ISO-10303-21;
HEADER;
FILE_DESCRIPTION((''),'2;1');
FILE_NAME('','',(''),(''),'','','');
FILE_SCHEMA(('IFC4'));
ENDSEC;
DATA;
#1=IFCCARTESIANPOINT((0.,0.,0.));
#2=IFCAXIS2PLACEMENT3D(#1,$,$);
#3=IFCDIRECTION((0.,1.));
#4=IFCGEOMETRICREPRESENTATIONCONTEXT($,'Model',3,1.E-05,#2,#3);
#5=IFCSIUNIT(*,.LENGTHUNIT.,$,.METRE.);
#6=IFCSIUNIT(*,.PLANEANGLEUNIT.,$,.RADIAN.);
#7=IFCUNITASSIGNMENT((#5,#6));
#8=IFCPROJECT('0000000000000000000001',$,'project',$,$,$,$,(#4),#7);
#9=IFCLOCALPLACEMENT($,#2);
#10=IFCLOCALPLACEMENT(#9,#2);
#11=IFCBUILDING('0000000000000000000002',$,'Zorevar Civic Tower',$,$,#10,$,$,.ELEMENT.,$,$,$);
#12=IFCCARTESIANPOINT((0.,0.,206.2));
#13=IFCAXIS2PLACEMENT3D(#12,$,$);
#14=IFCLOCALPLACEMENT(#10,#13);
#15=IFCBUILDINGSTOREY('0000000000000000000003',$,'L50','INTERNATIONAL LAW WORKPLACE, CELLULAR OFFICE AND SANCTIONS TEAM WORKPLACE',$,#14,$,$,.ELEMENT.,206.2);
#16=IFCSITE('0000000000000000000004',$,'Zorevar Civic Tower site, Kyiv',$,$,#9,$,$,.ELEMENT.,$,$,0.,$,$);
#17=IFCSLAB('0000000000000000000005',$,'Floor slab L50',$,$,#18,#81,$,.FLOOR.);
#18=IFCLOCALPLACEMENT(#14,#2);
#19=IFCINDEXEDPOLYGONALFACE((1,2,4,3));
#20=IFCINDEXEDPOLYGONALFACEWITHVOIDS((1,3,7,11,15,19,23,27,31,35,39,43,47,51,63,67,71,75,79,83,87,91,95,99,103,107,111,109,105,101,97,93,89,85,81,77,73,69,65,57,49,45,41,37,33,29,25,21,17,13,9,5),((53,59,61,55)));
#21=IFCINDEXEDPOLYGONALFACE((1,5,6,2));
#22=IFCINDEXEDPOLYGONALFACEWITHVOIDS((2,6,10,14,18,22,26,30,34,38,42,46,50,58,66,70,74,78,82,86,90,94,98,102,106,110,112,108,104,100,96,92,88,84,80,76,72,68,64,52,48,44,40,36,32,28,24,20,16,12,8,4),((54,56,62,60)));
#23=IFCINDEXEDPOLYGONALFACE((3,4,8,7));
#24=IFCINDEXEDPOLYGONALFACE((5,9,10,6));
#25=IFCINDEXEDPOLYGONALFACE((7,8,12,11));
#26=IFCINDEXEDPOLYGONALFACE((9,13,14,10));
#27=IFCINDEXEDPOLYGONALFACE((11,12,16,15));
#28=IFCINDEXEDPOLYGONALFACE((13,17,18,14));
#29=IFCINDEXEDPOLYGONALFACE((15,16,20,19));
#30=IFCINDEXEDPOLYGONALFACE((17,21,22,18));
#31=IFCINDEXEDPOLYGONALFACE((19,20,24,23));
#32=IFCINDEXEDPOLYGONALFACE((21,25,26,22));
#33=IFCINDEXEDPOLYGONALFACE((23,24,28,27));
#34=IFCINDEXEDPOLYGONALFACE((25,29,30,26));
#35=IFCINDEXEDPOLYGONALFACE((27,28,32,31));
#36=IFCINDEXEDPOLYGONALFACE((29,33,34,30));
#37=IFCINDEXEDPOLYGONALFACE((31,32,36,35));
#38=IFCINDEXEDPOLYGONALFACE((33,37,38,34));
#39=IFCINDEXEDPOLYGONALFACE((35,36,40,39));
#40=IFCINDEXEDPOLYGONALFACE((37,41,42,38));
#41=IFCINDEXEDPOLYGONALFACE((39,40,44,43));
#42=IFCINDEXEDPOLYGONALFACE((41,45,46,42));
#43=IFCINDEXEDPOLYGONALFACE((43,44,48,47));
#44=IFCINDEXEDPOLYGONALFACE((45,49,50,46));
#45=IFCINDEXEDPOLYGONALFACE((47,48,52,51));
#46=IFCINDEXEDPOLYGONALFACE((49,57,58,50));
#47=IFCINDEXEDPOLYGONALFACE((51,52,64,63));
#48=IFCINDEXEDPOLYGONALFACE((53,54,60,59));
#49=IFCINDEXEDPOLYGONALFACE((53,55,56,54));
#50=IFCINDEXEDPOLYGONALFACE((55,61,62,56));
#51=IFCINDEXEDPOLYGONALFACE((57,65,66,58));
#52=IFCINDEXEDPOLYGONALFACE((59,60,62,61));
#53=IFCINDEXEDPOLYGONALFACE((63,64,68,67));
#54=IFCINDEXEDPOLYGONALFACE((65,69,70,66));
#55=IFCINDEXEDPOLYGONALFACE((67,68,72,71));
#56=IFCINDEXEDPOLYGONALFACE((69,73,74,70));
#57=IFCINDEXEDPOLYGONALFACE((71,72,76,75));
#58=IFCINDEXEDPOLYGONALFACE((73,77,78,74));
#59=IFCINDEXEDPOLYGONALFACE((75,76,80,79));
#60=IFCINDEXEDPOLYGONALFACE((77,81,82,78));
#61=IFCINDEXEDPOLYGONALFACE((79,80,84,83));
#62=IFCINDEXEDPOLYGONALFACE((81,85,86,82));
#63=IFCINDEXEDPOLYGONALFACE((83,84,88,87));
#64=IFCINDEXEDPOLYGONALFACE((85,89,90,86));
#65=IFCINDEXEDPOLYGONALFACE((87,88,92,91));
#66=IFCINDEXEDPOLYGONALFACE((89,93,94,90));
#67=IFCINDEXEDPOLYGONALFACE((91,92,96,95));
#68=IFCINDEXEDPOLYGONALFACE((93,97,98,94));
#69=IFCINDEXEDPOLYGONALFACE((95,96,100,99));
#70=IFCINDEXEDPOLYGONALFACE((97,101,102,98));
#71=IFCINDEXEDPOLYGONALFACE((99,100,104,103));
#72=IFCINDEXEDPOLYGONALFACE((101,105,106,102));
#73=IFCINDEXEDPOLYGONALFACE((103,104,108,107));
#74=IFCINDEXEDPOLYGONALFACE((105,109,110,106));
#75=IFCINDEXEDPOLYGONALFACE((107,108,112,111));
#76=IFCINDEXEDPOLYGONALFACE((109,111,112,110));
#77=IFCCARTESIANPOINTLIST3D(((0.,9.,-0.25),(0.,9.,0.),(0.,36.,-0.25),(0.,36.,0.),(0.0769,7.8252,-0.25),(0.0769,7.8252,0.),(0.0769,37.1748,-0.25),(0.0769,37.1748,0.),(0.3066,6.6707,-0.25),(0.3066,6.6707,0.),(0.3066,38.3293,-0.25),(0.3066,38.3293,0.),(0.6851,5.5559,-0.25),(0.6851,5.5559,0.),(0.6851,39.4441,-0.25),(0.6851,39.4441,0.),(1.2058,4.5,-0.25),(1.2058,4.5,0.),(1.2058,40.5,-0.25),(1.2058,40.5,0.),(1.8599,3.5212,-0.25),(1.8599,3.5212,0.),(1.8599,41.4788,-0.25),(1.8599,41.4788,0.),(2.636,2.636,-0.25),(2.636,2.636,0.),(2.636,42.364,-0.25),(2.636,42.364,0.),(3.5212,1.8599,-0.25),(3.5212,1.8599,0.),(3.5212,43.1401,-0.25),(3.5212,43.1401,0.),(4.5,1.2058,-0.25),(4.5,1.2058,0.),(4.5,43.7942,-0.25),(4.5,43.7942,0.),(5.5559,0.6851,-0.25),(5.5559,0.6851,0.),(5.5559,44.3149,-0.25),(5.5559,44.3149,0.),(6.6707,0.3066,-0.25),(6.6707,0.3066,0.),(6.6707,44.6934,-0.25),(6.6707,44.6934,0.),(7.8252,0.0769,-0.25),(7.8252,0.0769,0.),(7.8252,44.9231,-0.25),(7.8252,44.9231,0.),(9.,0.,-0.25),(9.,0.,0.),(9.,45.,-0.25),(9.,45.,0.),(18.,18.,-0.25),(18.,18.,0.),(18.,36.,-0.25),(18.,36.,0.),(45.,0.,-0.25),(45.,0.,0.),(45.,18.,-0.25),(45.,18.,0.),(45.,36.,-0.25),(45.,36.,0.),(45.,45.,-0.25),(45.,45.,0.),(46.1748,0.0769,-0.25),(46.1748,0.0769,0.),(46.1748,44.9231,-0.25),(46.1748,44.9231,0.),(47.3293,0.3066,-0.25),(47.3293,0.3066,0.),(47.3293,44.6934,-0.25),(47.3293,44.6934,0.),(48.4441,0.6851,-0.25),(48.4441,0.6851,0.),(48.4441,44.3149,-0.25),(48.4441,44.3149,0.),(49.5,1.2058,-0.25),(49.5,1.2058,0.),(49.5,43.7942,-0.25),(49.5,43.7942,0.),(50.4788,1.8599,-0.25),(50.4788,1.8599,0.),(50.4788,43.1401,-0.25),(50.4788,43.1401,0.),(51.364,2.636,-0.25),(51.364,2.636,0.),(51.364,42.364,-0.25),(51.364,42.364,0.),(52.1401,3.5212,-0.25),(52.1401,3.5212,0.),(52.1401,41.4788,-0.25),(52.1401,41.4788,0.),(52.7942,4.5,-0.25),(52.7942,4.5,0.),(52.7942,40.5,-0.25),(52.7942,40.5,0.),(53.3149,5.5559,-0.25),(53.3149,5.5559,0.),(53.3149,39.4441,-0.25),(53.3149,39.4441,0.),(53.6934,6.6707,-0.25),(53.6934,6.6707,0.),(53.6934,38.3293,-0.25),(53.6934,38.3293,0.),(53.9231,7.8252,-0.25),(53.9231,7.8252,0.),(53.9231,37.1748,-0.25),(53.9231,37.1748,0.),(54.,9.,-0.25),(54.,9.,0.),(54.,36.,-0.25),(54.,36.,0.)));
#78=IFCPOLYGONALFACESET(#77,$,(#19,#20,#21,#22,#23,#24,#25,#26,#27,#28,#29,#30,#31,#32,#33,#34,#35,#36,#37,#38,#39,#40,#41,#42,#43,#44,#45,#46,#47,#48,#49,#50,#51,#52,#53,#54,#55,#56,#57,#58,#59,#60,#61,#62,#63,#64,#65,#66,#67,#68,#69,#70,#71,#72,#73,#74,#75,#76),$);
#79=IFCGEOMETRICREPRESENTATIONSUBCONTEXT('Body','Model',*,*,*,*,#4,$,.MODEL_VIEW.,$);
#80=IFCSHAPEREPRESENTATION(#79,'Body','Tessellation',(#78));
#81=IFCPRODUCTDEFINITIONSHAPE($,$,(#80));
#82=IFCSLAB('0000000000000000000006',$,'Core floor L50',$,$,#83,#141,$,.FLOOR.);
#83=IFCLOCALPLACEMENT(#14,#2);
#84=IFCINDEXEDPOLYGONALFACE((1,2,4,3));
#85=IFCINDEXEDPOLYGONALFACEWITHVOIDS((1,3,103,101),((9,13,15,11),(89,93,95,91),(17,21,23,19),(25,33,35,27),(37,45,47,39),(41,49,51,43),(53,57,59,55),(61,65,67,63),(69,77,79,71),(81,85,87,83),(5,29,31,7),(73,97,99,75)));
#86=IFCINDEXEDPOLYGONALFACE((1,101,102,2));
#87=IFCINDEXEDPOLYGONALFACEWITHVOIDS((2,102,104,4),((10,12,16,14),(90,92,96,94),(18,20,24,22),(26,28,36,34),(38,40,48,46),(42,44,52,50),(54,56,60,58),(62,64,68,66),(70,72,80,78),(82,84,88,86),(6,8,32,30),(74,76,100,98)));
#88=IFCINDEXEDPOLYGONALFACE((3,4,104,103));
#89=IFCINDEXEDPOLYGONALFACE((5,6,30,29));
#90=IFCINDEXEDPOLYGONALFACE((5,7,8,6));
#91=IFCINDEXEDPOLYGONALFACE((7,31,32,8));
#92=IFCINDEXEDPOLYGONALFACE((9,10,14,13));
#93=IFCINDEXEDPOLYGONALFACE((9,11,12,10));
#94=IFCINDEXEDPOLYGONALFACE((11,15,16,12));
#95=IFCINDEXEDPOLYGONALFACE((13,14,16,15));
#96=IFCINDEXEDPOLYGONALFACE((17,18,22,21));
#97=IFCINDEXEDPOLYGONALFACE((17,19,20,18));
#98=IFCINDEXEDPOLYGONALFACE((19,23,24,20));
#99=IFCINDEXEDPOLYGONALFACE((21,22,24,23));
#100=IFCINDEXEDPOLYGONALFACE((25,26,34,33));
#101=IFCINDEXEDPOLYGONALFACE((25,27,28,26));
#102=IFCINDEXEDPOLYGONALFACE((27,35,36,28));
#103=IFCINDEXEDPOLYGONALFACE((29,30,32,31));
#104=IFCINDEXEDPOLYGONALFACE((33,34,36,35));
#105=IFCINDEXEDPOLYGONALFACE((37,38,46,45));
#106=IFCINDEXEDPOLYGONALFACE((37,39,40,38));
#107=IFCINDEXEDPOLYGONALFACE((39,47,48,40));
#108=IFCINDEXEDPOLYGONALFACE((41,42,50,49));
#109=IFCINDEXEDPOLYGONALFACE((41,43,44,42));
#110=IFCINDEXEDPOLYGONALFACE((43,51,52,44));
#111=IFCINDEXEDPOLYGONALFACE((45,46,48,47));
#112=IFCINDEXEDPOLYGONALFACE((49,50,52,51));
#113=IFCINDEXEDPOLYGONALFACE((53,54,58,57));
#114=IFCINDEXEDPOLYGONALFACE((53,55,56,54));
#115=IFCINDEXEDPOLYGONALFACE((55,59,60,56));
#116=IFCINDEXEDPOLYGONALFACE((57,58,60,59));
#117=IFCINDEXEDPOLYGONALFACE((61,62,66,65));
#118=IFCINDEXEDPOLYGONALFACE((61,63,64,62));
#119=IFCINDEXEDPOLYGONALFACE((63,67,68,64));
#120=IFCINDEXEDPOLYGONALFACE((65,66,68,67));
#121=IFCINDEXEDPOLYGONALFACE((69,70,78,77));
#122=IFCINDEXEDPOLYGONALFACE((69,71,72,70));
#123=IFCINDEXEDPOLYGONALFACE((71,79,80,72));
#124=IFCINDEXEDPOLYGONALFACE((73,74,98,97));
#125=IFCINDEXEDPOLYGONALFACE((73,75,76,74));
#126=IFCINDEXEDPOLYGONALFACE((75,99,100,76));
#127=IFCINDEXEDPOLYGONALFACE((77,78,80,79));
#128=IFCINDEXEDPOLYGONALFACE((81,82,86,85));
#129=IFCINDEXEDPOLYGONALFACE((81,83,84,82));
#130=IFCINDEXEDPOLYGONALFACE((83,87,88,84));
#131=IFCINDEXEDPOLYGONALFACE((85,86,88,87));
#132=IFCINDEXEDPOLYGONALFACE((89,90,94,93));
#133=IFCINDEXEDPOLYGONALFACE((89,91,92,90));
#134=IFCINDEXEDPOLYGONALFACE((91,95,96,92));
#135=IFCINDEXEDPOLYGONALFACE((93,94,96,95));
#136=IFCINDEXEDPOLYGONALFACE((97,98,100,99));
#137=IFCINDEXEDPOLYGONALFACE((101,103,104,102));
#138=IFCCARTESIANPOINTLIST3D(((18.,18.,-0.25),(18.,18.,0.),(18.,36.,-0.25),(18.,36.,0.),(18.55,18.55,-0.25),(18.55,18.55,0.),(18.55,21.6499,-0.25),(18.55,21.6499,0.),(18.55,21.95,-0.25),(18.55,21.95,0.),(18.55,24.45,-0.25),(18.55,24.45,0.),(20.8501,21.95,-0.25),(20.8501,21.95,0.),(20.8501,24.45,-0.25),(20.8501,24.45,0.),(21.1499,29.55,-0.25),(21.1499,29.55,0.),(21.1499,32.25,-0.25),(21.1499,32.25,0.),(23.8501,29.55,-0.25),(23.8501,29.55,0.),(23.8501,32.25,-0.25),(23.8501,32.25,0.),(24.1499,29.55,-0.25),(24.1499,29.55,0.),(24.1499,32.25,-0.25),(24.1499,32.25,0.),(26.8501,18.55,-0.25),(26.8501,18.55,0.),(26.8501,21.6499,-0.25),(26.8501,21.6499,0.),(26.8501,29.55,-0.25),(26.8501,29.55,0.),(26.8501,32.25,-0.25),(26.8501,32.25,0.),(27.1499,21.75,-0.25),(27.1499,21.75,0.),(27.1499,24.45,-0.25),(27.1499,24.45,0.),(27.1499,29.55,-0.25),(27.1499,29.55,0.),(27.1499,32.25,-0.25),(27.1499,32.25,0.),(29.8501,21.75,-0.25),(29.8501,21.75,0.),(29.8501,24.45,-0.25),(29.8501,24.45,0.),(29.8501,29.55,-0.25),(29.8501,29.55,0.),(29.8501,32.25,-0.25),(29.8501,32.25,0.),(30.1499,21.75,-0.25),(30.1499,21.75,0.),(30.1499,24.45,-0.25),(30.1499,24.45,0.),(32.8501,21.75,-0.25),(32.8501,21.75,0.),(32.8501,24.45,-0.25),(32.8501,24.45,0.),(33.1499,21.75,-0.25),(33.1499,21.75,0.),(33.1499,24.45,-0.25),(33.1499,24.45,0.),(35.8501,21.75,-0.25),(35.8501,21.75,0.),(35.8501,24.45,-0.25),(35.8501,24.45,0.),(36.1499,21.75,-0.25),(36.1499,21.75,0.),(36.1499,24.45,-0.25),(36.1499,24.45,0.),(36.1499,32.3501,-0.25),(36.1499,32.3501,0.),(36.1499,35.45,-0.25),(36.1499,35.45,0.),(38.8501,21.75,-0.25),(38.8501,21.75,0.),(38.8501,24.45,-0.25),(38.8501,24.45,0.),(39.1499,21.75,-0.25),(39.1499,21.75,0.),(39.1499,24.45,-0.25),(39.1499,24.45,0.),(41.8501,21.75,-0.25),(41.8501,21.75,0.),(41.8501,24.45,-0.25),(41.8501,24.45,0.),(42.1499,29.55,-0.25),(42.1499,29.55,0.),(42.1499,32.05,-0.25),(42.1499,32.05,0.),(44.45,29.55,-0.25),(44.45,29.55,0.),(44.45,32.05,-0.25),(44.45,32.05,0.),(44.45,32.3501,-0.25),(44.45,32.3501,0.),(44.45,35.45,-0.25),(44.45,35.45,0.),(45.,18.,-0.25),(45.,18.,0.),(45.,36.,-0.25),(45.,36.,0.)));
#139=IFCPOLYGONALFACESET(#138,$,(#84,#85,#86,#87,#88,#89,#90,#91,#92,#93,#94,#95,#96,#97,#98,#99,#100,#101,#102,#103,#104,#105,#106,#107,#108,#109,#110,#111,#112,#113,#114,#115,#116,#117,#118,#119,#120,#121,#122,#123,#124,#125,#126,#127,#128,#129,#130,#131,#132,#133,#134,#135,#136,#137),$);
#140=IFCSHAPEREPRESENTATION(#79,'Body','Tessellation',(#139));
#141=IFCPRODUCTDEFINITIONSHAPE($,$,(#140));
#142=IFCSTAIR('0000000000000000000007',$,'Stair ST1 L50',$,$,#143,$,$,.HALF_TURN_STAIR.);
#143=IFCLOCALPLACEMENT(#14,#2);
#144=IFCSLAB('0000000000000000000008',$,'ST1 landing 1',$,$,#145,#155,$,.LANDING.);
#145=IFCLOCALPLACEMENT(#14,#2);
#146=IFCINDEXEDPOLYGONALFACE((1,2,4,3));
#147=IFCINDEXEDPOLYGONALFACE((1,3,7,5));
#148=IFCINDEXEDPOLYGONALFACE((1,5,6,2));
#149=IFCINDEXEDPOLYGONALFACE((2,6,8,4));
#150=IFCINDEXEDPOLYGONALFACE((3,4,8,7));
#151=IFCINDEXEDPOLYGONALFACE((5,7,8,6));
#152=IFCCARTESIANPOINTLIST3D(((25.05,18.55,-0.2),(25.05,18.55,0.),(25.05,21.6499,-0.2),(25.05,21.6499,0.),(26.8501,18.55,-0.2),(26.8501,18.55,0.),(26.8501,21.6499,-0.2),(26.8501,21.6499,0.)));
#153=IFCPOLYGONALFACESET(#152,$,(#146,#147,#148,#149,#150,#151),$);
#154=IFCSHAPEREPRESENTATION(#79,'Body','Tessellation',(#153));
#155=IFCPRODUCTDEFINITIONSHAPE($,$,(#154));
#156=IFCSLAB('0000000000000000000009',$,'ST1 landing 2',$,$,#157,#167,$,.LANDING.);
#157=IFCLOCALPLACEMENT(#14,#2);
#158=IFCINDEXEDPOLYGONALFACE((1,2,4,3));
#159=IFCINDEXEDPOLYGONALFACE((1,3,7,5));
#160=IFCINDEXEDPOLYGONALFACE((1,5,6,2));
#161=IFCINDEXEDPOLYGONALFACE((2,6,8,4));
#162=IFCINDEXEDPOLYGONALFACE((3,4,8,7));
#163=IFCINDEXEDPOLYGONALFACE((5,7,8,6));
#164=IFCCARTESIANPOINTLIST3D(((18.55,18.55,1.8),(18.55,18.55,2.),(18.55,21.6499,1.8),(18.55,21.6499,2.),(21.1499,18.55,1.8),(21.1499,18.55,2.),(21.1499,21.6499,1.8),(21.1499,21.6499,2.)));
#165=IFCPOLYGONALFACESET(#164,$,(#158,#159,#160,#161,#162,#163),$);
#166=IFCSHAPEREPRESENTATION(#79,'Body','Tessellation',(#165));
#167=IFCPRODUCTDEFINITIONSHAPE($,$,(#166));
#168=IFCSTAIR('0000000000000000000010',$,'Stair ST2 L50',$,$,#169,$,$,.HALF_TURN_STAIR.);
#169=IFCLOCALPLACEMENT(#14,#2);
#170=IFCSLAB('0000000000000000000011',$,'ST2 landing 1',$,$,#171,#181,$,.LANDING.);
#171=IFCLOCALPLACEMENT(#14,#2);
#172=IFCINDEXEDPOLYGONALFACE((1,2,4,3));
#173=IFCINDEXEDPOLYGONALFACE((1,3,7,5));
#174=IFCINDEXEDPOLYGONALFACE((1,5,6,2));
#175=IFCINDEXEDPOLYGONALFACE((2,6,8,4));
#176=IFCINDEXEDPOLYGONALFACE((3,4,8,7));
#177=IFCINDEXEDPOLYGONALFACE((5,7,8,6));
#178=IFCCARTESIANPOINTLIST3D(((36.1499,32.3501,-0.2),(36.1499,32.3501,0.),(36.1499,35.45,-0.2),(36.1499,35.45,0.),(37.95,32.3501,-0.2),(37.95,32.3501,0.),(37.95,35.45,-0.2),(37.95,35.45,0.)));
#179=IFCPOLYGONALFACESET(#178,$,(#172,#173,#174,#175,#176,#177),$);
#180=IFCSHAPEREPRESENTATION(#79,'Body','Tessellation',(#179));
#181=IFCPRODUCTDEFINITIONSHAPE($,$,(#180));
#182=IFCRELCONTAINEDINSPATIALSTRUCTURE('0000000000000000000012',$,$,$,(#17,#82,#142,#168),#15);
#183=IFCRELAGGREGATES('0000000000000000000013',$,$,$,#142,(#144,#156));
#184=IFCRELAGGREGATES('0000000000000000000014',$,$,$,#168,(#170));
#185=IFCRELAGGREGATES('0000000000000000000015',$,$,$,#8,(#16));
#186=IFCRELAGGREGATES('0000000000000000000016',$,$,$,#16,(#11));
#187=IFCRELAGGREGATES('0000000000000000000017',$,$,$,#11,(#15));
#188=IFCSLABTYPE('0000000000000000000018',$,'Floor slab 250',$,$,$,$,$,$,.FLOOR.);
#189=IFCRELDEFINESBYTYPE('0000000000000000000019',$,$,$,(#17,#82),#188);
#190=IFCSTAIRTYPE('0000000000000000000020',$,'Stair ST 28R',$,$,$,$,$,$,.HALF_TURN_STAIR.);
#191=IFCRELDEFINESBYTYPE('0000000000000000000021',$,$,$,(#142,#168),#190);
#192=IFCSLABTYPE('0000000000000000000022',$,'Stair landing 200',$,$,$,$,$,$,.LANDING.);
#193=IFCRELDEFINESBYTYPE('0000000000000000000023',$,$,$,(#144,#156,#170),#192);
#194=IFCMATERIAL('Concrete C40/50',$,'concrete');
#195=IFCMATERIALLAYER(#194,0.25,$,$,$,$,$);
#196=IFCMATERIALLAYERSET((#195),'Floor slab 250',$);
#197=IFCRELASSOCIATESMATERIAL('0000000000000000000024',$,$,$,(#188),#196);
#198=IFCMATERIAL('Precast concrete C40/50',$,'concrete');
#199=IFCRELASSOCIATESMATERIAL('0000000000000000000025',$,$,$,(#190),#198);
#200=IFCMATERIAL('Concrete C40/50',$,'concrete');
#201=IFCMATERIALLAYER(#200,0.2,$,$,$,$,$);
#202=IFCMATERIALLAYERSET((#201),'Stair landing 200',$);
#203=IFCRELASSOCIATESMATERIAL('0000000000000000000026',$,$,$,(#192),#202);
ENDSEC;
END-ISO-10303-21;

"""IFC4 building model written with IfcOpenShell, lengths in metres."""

from ifc_helpers import new_model, si_unit, direction, frame, origin, place, context, subcontext, project, spatial, polyline, outline, extrude, material, layer, layer_set, type_object, element, aggregate, save


model = new_model("IFC4")

# Units and contexts
model_context = context("Model", 3, precision=1e-05, world=origin(), true_north=direction((0.0, 1.0)))
body_context = subcontext(model_context, "Body", "Model", "MODEL_VIEW")
ifc_project = project(units=[si_unit("LENGTHUNIT", "METRE"), si_unit("PLANEANGLEUNIT", "RADIAN")], contexts=[model_context])

# Site, building, storey
site_placement = place(None, origin())
site = spatial("IfcSite", under=ifc_project, at=site_placement, Name="Zorevar Civic Tower site, Kyiv", CompositionType="ELEMENT", RefElevation=0.0)
building_placement = place(site_placement, origin())
building = spatial("IfcBuilding", under=site, at=building_placement, Name="Zorevar Civic Tower", CompositionType="ELEMENT")
storey_placement = place(building_placement, frame((0.0, 0.0, 206.2)))
storey = spatial("IfcBuildingStorey", under=building, at=storey_placement, Name="L50", Description="INTERNATIONAL LAW WORKPLACE, CELLULAR OFFICE AND SANCTIONS TEAM WORKPLACE", CompositionType="ELEMENT", Elevation=206.2)

# Slabs
ifc_material_1 = material(Name="Concrete C40/50", Category="concrete")
ifc_layer_1 = layer(ifc_material_1, 0.25)
ifc_layer_set_1 = layer_set([ifc_layer_1], Name="Floor slab 250")
slab_type_1 = type_object("IfcSlabType", Name="Floor slab 250", PredefinedType="FLOOR", material=ifc_layer_set_1)
slab_1_placement = place(storey_placement, frame((0.0, 0.0, -0.25)))
element("IfcSlab", 1, at=slab_1_placement, inside=storey, type_object=slab_type_1, Name="Floor slab L50", PredefinedType="FLOOR", context=body_context, shape_type="SweptSolid", body=[
    extrude(outline(polyline([(45.0, 0.0), (46.1748, 0.0769), (47.3293, 0.3066), (48.4441, 0.6851), (49.5, 1.2058), (50.4788, 1.8599), (51.364, 2.636), (52.1401, 3.5212), (52.7942, 4.5), (53.3149, 5.5559), (53.6934, 6.6707), (53.9231, 7.8252), (54.0, 9.0), (54.0, 36.0), (53.9231, 37.1748), (53.6934, 38.3293), (53.3149, 39.4441), (52.7942, 40.5), (52.1401, 41.4788), (51.364, 42.364), (50.4788, 43.1401), (49.5, 43.7942), (48.4441, 44.3149), (47.3293, 44.6934), (46.1748, 44.9231), (45.0, 45.0), (9.0, 45.0), (7.8252, 44.9231), (6.6707, 44.6934), (5.5559, 44.3149), (4.5, 43.7942), (3.5212, 43.1401), (2.636, 42.364), (1.8599, 41.4788), (1.2058, 40.5), (0.6851, 39.4441), (0.3066, 38.3293), (0.0769, 37.1748), (0.0, 36.0), (0.0, 9.0), (0.0769, 7.8252), (0.3066, 6.6707), (0.6851, 5.5559), (1.2058, 4.5), (1.8599, 3.5212), (2.636, 2.636), (3.5212, 1.8599), (4.5, 1.2058), (5.5559, 0.6851), (6.6707, 0.3066), (7.8252, 0.0769), (9.0, 0.0), (45.0, 0.0)]), holes=[polyline([(18.0, 18.0), (45.0, 18.0), (45.0, 36.0), (18.0, 36.0), (18.0, 18.0)])]), origin(), (0.0, 0.0, 1.0), 0.25),
])
slab_2_placement = place(storey_placement, frame((0.0, 0.0, -0.25)))
element("IfcSlab", 2, at=slab_2_placement, inside=storey, type_object=slab_type_1, Name="Core floor L50", PredefinedType="FLOOR", context=body_context, shape_type="SweptSolid", body=[
    extrude(outline(polyline([(18.0, 18.0), (45.0, 18.0), (45.0, 36.0), (18.0, 36.0), (18.0, 18.0)]), holes=[polyline([(18.55, 18.55), (26.8501, 18.55), (26.8501, 21.6499), (18.55, 21.6499), (18.55, 18.55)]), polyline([(36.1499, 32.3501), (44.45, 32.3501), (44.45, 35.45), (36.1499, 35.45), (36.1499, 32.3501)]), polyline([(18.55, 21.95), (20.8501, 21.95), (20.8501, 24.45), (18.55, 24.45), (18.55, 21.95)]), polyline([(42.1499, 29.55), (44.45, 29.55), (44.45, 32.05), (42.1499, 32.05), (42.1499, 29.55)]), polyline([(27.1499, 21.75), (29.8501, 21.75), (29.8501, 24.45), (27.1499, 24.45), (27.1499, 21.75)]), polyline([(30.1499, 21.75), (32.8501, 21.75), (32.8501, 24.45), (30.1499, 24.45), (30.1499, 21.75)]), polyline([(33.1499, 21.75), (35.8501, 21.75), (35.8501, 24.45), (33.1499, 24.45), (33.1499, 21.75)]), polyline([(27.1499, 29.55), (29.8501, 29.55), (29.8501, 32.25), (27.1499, 32.25), (27.1499, 29.55)]), polyline([(36.1499, 21.75), (38.8501, 21.75), (38.8501, 24.45), (36.1499, 24.45), (36.1499, 21.75)]), polyline([(24.1499, 29.55), (26.8501, 29.55), (26.8501, 32.25), (24.1499, 32.25), (24.1499, 29.55)]), polyline([(39.1499, 21.75), (41.8501, 21.75), (41.8501, 24.45), (39.1499, 24.45), (39.1499, 21.75)]), polyline([(21.1499, 29.55), (23.8501, 29.55), (23.8501, 32.25), (21.1499, 32.25), (21.1499, 29.55)])]), origin(), (0.0, 0.0, 1.0), 0.25),
])

# Stairs, slabs
ifc_material_2 = material(Name="Precast concrete C40/50", Category="concrete")
stair_type = type_object("IfcStairType", Name="Stair ST 28R", PredefinedType="HALF_TURN_STAIR", material=ifc_material_2)
stair_1_placement = place(storey_placement, origin())
stair_1 = element("IfcStair", 3, at=stair_1_placement, inside=storey, type_object=stair_type, Name="Stair ST1 L50", PredefinedType="HALF_TURN_STAIR")
ifc_material_3 = material(Name="Concrete C40/50", Category="concrete")
ifc_layer_2 = layer(ifc_material_3, 0.2)
ifc_layer_set_2 = layer_set([ifc_layer_2], Name="Stair landing 200")
slab_type_2 = type_object("IfcSlabType", Name="Stair landing 200", PredefinedType="LANDING", material=ifc_layer_set_2)
slab_3_placement = place(storey_placement, frame((0.0, 0.0, -0.2)))
slab_3 = element("IfcSlab", 4, at=slab_3_placement, type_object=slab_type_2, Name="ST1 landing 1", PredefinedType="LANDING", context=body_context, shape_type="SweptSolid", body=[
    extrude(outline(polyline([(25.05, 18.55), (26.8501, 18.55), (26.8501, 21.6499), (25.05, 21.6499), (25.05, 18.55)])), origin(), (0.0, 0.0, 1.0), 0.2),
])
slab_4_placement = place(storey_placement, frame((0.0, 0.0, 1.8)))
slab_4 = element("IfcSlab", 5, at=slab_4_placement, type_object=slab_type_2, Name="ST1 landing 2", PredefinedType="LANDING", context=body_context, shape_type="SweptSolid", body=[
    extrude(outline(polyline([(18.55, 18.55), (21.1499, 18.55), (21.1499, 21.6499), (18.55, 21.6499), (18.55, 18.55)])), origin(), (0.0, 0.0, 1.0), 0.2),
])
aggregate(stair_1, [slab_3, slab_4])
stair_2_placement = place(storey_placement, origin())
stair_2 = element("IfcStair", 6, at=stair_2_placement, inside=storey, type_object=stair_type, Name="Stair ST2 L50", PredefinedType="HALF_TURN_STAIR")
slab_5_placement = place(storey_placement, frame((0.0, 0.0, -0.2)))
slab_5 = element("IfcSlab", 7, at=slab_5_placement, type_object=slab_type_2, Name="ST2 landing 1", PredefinedType="LANDING", context=body_context, shape_type="SweptSolid", body=[
    extrude(outline(polyline([(37.95, 32.3501), (36.1499, 32.3501), (36.1499, 35.45), (37.95, 35.45), (37.95, 32.3501)])), origin(), (0.0, 0.0, 1.0), 0.2),
])
aggregate(stair_2, [slab_5])

save(model, "model.ifc")
